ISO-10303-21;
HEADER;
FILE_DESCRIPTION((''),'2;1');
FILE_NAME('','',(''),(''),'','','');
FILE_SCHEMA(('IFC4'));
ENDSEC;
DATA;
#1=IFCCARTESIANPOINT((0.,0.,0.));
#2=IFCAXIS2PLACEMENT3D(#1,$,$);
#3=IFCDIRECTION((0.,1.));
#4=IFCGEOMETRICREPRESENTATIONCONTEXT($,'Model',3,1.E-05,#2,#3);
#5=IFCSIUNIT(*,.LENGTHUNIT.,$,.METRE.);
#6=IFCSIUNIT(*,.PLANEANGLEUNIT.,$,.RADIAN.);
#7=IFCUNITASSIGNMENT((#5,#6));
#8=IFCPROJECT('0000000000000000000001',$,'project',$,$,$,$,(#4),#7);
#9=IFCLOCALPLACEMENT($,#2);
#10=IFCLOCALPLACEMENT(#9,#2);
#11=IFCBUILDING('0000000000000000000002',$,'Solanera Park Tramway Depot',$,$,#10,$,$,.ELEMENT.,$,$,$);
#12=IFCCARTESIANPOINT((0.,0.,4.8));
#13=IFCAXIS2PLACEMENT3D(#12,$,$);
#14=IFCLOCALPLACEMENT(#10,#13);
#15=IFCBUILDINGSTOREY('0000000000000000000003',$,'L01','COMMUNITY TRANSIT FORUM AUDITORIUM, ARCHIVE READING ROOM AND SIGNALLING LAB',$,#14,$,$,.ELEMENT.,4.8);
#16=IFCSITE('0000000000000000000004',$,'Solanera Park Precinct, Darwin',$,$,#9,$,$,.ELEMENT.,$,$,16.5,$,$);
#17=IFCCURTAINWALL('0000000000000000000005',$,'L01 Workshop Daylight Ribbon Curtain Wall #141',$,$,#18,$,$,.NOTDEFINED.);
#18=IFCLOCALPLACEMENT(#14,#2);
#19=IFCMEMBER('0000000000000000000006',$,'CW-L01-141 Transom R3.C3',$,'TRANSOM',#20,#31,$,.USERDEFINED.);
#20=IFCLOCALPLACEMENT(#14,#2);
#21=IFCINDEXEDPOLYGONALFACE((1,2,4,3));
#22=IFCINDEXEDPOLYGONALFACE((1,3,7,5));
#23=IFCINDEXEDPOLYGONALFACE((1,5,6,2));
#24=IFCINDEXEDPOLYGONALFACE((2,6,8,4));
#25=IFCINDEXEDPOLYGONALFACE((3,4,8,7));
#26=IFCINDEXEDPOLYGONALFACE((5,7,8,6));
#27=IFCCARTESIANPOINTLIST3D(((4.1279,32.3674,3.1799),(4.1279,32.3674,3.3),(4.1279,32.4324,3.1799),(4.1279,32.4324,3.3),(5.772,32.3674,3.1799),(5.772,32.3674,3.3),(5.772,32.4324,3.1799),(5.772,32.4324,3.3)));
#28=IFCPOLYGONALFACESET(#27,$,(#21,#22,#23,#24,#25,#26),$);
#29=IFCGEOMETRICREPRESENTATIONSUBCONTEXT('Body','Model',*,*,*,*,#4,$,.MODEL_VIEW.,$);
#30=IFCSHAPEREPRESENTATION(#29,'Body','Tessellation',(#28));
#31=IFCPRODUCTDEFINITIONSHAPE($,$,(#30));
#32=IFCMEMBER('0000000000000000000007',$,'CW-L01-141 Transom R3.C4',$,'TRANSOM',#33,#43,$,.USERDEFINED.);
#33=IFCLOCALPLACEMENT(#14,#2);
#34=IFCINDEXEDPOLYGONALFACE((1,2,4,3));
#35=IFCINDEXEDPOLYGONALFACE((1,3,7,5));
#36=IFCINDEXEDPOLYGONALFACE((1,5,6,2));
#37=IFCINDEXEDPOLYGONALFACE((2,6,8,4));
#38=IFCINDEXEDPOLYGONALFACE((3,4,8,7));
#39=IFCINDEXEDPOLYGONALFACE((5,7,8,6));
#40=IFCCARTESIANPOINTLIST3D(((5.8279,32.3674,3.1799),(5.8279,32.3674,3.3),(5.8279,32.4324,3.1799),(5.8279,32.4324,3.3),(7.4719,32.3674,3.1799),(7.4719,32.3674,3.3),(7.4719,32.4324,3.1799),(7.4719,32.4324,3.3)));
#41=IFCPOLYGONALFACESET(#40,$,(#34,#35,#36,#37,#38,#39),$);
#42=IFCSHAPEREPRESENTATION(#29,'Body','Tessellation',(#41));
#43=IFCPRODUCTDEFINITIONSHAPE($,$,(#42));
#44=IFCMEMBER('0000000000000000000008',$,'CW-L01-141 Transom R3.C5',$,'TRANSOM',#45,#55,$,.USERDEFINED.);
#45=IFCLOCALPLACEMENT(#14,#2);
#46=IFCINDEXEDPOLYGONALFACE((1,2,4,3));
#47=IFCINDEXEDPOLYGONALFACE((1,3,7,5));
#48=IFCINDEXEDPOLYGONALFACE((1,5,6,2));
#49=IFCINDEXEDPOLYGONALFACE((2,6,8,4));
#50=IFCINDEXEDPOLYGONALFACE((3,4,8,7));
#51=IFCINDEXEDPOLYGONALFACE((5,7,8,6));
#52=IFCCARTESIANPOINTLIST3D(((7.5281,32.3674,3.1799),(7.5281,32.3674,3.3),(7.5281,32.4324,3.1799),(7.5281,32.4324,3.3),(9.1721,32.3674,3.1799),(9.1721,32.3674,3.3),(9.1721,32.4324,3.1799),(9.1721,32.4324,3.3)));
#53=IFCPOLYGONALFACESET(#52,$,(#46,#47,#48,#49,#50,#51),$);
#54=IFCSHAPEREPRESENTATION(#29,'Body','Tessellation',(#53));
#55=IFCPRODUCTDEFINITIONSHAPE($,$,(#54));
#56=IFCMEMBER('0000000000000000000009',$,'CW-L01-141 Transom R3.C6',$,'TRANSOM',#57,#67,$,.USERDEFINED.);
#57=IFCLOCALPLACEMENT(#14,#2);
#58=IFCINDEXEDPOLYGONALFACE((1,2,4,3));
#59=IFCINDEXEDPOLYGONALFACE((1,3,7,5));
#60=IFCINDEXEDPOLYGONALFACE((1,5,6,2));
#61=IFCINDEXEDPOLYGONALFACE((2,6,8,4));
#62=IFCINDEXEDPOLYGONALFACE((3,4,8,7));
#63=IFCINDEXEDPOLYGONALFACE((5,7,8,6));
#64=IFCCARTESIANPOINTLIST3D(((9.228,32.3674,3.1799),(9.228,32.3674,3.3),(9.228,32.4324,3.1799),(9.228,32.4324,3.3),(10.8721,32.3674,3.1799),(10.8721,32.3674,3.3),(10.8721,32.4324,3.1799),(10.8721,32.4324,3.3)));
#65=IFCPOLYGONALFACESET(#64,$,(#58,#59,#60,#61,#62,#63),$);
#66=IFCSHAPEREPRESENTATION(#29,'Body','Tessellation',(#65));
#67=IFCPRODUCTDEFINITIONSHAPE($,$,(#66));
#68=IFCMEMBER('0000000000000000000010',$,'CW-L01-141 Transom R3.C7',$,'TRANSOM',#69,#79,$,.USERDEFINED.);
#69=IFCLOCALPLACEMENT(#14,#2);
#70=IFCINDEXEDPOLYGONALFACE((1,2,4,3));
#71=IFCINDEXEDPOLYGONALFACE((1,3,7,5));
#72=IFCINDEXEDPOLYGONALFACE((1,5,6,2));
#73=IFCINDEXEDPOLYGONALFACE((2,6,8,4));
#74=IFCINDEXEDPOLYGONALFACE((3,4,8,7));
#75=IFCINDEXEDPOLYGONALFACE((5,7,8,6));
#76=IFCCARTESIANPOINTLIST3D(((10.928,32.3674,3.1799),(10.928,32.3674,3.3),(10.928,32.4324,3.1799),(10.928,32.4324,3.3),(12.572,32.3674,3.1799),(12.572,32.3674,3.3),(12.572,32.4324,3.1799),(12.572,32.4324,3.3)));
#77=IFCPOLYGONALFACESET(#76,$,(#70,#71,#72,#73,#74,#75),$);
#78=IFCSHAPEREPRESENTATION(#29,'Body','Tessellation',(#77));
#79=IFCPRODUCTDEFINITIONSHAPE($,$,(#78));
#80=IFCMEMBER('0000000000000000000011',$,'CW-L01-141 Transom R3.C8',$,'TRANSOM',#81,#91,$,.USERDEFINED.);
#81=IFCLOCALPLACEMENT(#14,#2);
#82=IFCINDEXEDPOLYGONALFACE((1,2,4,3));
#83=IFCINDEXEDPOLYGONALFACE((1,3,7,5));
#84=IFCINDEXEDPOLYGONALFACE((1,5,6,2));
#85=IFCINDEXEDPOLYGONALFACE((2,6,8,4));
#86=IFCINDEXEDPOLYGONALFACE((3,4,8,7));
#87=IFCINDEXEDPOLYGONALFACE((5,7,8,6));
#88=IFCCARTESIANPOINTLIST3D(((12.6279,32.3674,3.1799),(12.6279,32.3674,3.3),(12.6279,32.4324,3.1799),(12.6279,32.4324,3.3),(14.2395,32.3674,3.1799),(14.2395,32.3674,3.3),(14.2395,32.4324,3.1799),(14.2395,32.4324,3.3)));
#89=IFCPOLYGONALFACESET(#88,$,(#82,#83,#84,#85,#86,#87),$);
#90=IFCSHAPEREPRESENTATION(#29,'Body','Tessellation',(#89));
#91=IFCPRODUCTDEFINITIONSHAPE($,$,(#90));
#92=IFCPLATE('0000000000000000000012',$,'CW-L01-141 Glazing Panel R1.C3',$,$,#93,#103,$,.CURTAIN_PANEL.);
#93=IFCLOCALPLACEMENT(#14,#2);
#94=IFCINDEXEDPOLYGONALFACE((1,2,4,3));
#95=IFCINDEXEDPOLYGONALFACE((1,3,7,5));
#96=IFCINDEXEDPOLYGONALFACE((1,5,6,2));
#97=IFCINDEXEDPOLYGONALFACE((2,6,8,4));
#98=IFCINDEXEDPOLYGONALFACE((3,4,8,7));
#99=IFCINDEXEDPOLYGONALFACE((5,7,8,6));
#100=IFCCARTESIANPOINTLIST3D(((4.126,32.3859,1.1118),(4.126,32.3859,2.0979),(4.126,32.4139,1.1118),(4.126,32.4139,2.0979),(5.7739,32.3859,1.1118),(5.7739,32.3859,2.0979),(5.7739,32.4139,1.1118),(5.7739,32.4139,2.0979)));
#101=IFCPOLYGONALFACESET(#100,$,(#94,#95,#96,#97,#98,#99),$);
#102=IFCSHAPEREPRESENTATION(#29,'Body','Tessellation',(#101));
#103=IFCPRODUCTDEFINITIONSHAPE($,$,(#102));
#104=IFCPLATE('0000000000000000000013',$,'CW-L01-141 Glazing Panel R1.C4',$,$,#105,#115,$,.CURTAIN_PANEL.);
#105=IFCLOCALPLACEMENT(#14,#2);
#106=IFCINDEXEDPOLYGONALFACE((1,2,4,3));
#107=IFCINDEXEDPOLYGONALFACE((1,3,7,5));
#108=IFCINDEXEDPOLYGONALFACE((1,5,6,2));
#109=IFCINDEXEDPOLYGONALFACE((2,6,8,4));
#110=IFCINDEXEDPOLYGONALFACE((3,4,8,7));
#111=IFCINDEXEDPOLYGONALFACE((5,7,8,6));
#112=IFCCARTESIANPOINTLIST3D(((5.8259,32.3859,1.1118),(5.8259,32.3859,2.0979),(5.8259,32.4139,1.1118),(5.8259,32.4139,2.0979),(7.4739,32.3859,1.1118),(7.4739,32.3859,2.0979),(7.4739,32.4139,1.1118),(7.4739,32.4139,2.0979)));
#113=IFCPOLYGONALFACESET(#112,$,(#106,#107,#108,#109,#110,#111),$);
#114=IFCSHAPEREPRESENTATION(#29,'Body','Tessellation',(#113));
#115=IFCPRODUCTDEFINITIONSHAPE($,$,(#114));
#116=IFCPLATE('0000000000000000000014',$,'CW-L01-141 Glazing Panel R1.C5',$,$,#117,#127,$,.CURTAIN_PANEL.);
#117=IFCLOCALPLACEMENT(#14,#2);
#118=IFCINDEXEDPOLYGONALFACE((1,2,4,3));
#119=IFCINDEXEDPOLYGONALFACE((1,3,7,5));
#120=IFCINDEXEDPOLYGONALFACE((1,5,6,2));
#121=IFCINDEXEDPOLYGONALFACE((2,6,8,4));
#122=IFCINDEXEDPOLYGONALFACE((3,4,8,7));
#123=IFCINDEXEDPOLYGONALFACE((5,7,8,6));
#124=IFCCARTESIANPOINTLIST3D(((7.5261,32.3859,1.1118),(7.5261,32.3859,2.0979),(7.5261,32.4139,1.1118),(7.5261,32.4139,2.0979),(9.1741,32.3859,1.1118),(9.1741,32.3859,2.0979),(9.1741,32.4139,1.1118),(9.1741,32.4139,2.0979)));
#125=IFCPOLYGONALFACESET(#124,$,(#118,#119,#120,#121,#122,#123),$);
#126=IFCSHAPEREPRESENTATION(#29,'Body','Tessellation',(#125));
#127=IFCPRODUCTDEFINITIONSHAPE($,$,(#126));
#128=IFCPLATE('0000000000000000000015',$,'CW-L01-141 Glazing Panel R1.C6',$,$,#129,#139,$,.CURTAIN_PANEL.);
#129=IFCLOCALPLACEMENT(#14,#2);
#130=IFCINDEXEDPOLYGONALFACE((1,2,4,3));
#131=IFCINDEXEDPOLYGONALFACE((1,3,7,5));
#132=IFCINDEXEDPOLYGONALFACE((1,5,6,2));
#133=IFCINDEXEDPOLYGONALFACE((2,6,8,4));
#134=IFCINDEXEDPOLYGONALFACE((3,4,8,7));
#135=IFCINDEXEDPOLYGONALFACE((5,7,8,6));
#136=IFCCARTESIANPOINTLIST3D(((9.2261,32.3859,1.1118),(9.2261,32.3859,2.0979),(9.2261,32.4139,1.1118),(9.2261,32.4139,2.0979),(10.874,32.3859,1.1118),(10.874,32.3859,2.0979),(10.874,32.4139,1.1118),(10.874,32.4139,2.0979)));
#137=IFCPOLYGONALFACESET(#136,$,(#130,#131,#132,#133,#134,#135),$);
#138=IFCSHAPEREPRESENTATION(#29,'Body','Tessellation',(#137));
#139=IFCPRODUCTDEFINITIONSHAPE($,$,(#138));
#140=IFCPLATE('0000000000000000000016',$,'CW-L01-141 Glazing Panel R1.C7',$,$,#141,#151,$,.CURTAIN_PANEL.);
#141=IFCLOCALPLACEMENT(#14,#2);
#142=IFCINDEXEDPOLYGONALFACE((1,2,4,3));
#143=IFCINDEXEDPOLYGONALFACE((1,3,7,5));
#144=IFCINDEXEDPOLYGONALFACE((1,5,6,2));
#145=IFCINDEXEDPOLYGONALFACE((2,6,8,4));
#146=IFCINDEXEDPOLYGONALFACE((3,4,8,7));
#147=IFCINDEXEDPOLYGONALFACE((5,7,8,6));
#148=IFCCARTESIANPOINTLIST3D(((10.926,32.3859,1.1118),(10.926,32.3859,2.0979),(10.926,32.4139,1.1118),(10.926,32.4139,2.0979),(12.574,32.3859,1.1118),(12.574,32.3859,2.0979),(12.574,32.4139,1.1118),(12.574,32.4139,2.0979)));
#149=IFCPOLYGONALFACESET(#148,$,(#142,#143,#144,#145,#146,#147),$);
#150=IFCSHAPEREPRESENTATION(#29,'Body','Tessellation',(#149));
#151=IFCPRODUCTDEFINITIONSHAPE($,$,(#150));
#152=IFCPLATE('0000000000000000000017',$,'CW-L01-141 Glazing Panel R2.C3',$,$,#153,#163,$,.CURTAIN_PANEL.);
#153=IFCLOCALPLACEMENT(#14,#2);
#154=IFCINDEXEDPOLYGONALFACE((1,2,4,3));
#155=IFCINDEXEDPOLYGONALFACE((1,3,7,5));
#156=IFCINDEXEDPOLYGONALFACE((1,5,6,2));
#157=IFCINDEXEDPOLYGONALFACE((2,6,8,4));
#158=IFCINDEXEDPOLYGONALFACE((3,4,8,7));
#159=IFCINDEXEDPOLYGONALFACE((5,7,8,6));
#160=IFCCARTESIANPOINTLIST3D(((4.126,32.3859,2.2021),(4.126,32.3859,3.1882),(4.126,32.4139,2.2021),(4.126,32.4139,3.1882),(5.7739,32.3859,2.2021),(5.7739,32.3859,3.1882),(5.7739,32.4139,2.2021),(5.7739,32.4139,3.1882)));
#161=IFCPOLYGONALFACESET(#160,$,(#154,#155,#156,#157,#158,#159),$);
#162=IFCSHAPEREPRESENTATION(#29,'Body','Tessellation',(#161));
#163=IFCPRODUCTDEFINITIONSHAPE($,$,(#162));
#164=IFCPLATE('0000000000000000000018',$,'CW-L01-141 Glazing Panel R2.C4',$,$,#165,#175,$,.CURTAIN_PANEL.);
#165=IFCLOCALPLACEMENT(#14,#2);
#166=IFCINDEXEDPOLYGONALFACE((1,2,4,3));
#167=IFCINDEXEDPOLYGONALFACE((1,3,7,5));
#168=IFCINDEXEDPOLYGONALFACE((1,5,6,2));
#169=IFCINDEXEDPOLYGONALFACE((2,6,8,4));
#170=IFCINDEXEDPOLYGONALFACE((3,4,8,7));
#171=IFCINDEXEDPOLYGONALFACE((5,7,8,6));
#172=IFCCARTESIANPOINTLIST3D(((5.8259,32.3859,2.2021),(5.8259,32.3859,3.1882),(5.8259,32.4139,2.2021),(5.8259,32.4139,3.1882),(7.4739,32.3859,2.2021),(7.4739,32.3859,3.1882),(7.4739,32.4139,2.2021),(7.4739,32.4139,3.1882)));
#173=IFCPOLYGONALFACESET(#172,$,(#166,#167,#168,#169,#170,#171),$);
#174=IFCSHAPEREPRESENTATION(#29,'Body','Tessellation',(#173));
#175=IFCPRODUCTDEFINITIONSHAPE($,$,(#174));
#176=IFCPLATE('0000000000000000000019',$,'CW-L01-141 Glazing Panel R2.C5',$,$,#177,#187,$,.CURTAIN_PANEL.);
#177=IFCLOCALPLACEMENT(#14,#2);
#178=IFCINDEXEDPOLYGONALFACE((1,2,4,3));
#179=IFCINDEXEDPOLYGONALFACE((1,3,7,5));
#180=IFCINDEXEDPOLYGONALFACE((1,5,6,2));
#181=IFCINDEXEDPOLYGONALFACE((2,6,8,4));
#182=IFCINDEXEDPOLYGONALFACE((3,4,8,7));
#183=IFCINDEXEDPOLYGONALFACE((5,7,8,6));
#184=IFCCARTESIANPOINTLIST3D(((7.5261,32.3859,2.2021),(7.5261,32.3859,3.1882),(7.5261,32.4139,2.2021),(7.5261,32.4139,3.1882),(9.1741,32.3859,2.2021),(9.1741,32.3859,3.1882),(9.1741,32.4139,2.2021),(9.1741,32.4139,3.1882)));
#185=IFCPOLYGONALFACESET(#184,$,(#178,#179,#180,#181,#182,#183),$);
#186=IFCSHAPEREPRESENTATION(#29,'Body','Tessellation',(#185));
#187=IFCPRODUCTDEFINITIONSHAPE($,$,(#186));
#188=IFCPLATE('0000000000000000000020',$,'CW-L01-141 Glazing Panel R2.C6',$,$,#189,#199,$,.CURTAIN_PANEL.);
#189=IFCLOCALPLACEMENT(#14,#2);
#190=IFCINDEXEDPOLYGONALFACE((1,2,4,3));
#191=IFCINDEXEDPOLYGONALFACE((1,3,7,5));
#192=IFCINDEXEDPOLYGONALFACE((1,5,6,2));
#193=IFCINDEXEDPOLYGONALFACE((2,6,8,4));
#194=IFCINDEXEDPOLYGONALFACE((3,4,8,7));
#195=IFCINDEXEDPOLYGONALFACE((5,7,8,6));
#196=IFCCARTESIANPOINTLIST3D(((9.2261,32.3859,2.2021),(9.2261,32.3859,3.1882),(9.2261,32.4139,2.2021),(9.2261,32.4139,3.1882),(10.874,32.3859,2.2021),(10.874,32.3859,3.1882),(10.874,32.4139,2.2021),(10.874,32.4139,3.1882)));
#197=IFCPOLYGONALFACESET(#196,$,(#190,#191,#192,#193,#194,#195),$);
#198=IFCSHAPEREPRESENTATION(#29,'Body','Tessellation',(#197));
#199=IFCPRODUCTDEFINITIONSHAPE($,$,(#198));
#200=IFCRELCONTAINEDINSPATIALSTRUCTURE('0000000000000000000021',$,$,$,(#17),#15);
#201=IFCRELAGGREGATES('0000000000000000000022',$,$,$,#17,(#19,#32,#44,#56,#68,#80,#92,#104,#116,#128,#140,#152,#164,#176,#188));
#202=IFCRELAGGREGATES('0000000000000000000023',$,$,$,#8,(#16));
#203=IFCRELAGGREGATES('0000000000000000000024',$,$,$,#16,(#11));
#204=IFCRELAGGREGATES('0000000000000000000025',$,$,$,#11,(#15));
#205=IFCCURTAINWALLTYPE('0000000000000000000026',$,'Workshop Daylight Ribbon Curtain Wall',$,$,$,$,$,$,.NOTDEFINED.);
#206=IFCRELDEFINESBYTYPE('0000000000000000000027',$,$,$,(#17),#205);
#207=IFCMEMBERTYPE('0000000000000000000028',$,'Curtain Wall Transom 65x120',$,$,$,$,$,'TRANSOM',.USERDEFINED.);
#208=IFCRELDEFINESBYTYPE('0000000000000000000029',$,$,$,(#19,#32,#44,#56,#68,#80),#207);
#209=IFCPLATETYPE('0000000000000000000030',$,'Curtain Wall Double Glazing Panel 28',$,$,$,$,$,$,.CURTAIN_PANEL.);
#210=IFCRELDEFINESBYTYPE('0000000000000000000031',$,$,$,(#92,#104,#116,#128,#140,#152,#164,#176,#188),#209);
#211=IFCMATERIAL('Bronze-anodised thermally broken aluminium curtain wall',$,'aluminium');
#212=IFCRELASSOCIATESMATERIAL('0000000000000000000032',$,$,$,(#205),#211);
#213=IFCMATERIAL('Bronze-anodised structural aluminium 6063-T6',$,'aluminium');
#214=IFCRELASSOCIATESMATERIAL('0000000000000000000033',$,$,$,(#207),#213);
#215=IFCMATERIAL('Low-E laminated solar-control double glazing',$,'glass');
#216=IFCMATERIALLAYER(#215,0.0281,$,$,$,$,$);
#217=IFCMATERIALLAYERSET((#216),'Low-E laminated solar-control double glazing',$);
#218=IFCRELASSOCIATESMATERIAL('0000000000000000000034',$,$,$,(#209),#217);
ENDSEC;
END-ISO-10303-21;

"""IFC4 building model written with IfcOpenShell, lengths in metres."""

from ifc_helpers import new_model, si_unit, direction, frame, origin, origin_2d, place, context, subcontext, project, spatial, rectangle, extrude, material, layer, layer_set, material_profile, profile_set, type_object, element, aggregate, save


model = new_model("IFC4")

# Units and contexts
model_context = context("Model", 3, precision=1e-05, world=origin(), true_north=direction((0.0, 1.0)))
body_context = subcontext(model_context, "Body", "Model", "MODEL_VIEW")
ifc_project = project(units=[si_unit("LENGTHUNIT", "METRE"), si_unit("PLANEANGLEUNIT", "RADIAN")], contexts=[model_context])

# Site, building, storey
site_placement = place(None, origin())
site = spatial("IfcSite", under=ifc_project, at=site_placement, Name="Solanera Park Precinct, Darwin", CompositionType="ELEMENT", RefElevation=16.5)
building_placement = place(site_placement, origin())
building = spatial("IfcBuilding", under=site, at=building_placement, Name="Solanera Park Tramway Depot", CompositionType="ELEMENT")
storey_placement = place(building_placement, frame((0.0, 0.0, 4.8)))
storey = spatial("IfcBuildingStorey", under=building, at=storey_placement, Name="L01", Description="COMMUNITY TRANSIT FORUM AUDITORIUM, ARCHIVE READING ROOM AND SIGNALLING LAB", CompositionType="ELEMENT", Elevation=4.8)

# Curtain wall, members, plates
ifc_material_1 = material(Name="Bronze-anodised thermally broken aluminium curtain wall", Category="aluminium")
curtain_wall_type = type_object("IfcCurtainWallType", Name="Workshop Daylight Ribbon Curtain Wall", PredefinedType="NOTDEFINED", material=ifc_material_1)
curtain_wall_placement = place(storey_placement, origin())
curtain_wall = element("IfcCurtainWall", 1, at=curtain_wall_placement, inside=storey, type_object=curtain_wall_type, Name="L01 Workshop Daylight Ribbon Curtain Wall #141", PredefinedType="NOTDEFINED")
ifc_material_2 = material(Name="Bronze-anodised structural aluminium 6063-T6", Category="aluminium")
ifc_material_profile_1 = material_profile(ifc_material_2, rectangle(XDim=0.0649, YDim=0.1201, at=origin_2d()), Name="Curtain Wall Transom 65x120")
ifc_profile_set_1 = profile_set([ifc_material_profile_1], Name="Bronze-anodised structural aluminium 6063-T6")
member_type_1 = type_object("IfcMemberType", Name="Curtain Wall Transom 65x120", ElementType="TRANSOM", PredefinedType="USERDEFINED", material=ifc_profile_set_1)
member_1_placement = place(storey_placement, frame((4.1279, 32.3999, 3.24), z_axis=(1.0, 0.0, 0.0), x_axis=(0.0, 1.0, 0.0)))
member_1 = element("IfcMember", 2, at=member_1_placement, type_object=member_type_1, Name="CW-L01-141 Transom R3.C3", ObjectType="TRANSOM", PredefinedType="USERDEFINED", context=body_context, shape_type="SweptSolid", body=[
    extrude(rectangle(XDim=0.0649, YDim=0.1201, at=origin_2d()), origin(), (0.0, 0.0, 1.0), 1.644),
])
member_2_placement = place(storey_placement, frame((5.8279, 32.3999, 3.24), z_axis=(1.0, 0.0, 0.0), x_axis=(0.0, 1.0, 0.0)))
member_2 = element("IfcMember", 3, at=member_2_placement, type_object=member_type_1, Name="CW-L01-141 Transom R3.C4", ObjectType="TRANSOM", PredefinedType="USERDEFINED", context=body_context, shape_type="SweptSolid", body=[
    extrude(rectangle(XDim=0.0649, YDim=0.1201, at=origin_2d()), origin(), (0.0, 0.0, 1.0), 1.644),
])
member_3_placement = place(storey_placement, frame((7.5281, 32.3999, 3.24), z_axis=(1.0, 0.0, 0.0), x_axis=(0.0, 1.0, 0.0)))
member_3 = element("IfcMember", 4, at=member_3_placement, type_object=member_type_1, Name="CW-L01-141 Transom R3.C5", ObjectType="TRANSOM", PredefinedType="USERDEFINED", context=body_context, shape_type="SweptSolid", body=[
    extrude(rectangle(XDim=0.0649, YDim=0.1201, at=origin_2d()), origin(), (0.0, 0.0, 1.0), 1.644),
])
member_4_placement = place(storey_placement, frame((9.228, 32.3999, 3.24), z_axis=(1.0, 0.0, 0.0), x_axis=(0.0, 1.0, 0.0)))
member_4 = element("IfcMember", 5, at=member_4_placement, type_object=member_type_1, Name="CW-L01-141 Transom R3.C6", ObjectType="TRANSOM", PredefinedType="USERDEFINED", context=body_context, shape_type="SweptSolid", body=[
    extrude(rectangle(XDim=0.0649, YDim=0.1201, at=origin_2d()), origin(), (0.0, 0.0, 1.0), 1.644),
])
member_5_placement = place(storey_placement, frame((10.928, 32.3999, 3.24), z_axis=(1.0, 0.0, 0.0), x_axis=(0.0, 1.0, 0.0)))
member_5 = element("IfcMember", 6, at=member_5_placement, type_object=member_type_1, Name="CW-L01-141 Transom R3.C7", ObjectType="TRANSOM", PredefinedType="USERDEFINED", context=body_context, shape_type="SweptSolid", body=[
    extrude(rectangle(XDim=0.0649, YDim=0.1201, at=origin_2d()), origin(), (0.0, 0.0, 1.0), 1.644),
])
member_6_placement = place(storey_placement, frame((12.6279, 32.3999, 3.24), z_axis=(1.0, 0.0, 0.0), x_axis=(0.0, 1.0, 0.0)))
member_6 = element("IfcMember", 7, at=member_6_placement, type_object=member_type_1, Name="CW-L01-141 Transom R3.C8", ObjectType="TRANSOM", PredefinedType="USERDEFINED", context=body_context, shape_type="SweptSolid", body=[
    extrude(rectangle(XDim=0.0649, YDim=0.1201, at=origin_2d()), origin(), (0.0, 0.0, 1.0), 1.6116),
])
ifc_material_3 = material(Name="Low-E laminated solar-control double glazing", Category="glass")
ifc_layer = layer(ifc_material_3, 0.0281)
ifc_layer_set = layer_set([ifc_layer], Name="Low-E laminated solar-control double glazing")
plate_type = type_object("IfcPlateType", Name="Curtain Wall Double Glazing Panel 28", PredefinedType="CURTAIN_PANEL", material=ifc_layer_set)
plate_1_placement = place(storey_placement, frame((4.95, 32.3999, 1.1118), z_axis=(0.0, 0.0, 1.0), x_axis=(1.0, 0.0, 0.0)))
plate_1 = element("IfcPlate", 8, at=plate_1_placement, type_object=plate_type, Name="CW-L01-141 Glazing Panel R1.C3", PredefinedType="CURTAIN_PANEL", context=body_context, shape_type="SweptSolid", body=[
    extrude(rectangle(XDim=1.6479, YDim=0.0281, at=origin_2d()), origin(), (0.0, 0.0, 1.0), 0.9861),
])
plate_2_placement = place(storey_placement, frame((6.6499, 32.3999, 1.1118), z_axis=(0.0, 0.0, 1.0), x_axis=(1.0, 0.0, 0.0)))
plate_2 = element("IfcPlate", 9, at=plate_2_placement, type_object=plate_type, Name="CW-L01-141 Glazing Panel R1.C4", PredefinedType="CURTAIN_PANEL", context=body_context, shape_type="SweptSolid", body=[
    extrude(rectangle(XDim=1.6479, YDim=0.0281, at=origin_2d()), origin(), (0.0, 0.0, 1.0), 0.9861),
])
plate_3_placement = place(storey_placement, frame((8.3501, 32.3999, 1.1118), z_axis=(0.0, 0.0, 1.0), x_axis=(1.0, 0.0, 0.0)))
plate_3 = element("IfcPlate", 10, at=plate_3_placement, type_object=plate_type, Name="CW-L01-141 Glazing Panel R1.C5", PredefinedType="CURTAIN_PANEL", context=body_context, shape_type="SweptSolid", body=[
    extrude(rectangle(XDim=1.6479, YDim=0.0281, at=origin_2d()), origin(), (0.0, 0.0, 1.0), 0.9861),
])
plate_4_placement = place(storey_placement, frame((10.05, 32.3999, 1.1118), z_axis=(0.0, 0.0, 1.0), x_axis=(1.0, 0.0, 0.0)))
plate_4 = element("IfcPlate", 11, at=plate_4_placement, type_object=plate_type, Name="CW-L01-141 Glazing Panel R1.C6", PredefinedType="CURTAIN_PANEL", context=body_context, shape_type="SweptSolid", body=[
    extrude(rectangle(XDim=1.6479, YDim=0.0281, at=origin_2d()), origin(), (0.0, 0.0, 1.0), 0.9861),
])
plate_5_placement = place(storey_placement, frame((11.75, 32.3999, 1.1118), z_axis=(0.0, 0.0, 1.0), x_axis=(1.0, 0.0, 0.0)))
plate_5 = element("IfcPlate", 12, at=plate_5_placement, type_object=plate_type, Name="CW-L01-141 Glazing Panel R1.C7", PredefinedType="CURTAIN_PANEL", context=body_context, shape_type="SweptSolid", body=[
    extrude(rectangle(XDim=1.6479, YDim=0.0281, at=origin_2d()), origin(), (0.0, 0.0, 1.0), 0.9861),
])
plate_6_placement = place(storey_placement, frame((4.95, 32.3999, 2.2021), z_axis=(0.0, 0.0, 1.0), x_axis=(1.0, 0.0, 0.0)))
plate_6 = element("IfcPlate", 13, at=plate_6_placement, type_object=plate_type, Name="CW-L01-141 Glazing Panel R2.C3", PredefinedType="CURTAIN_PANEL", context=body_context, shape_type="SweptSolid", body=[
    extrude(rectangle(XDim=1.6479, YDim=0.0281, at=origin_2d()), origin(), (0.0, 0.0, 1.0), 0.9861),
])
plate_7_placement = place(storey_placement, frame((6.6499, 32.3999, 2.2021), z_axis=(0.0, 0.0, 1.0), x_axis=(1.0, 0.0, 0.0)))
plate_7 = element("IfcPlate", 14, at=plate_7_placement, type_object=plate_type, Name="CW-L01-141 Glazing Panel R2.C4", PredefinedType="CURTAIN_PANEL", context=body_context, shape_type="SweptSolid", body=[
    extrude(rectangle(XDim=1.6479, YDim=0.0281, at=origin_2d()), origin(), (0.0, 0.0, 1.0), 0.9861),
])
plate_8_placement = place(storey_placement, frame((8.3501, 32.3999, 2.2021), z_axis=(0.0, 0.0, 1.0), x_axis=(1.0, 0.0, 0.0)))
plate_8 = element("IfcPlate", 15, at=plate_8_placement, type_object=plate_type, Name="CW-L01-141 Glazing Panel R2.C5", PredefinedType="CURTAIN_PANEL", context=body_context, shape_type="SweptSolid", body=[
    extrude(rectangle(XDim=1.6479, YDim=0.0281, at=origin_2d()), origin(), (0.0, 0.0, 1.0), 0.9861),
])
plate_9_placement = place(storey_placement, frame((10.05, 32.3999, 2.2021), z_axis=(0.0, 0.0, 1.0), x_axis=(1.0, 0.0, 0.0)))
plate_9 = element("IfcPlate", 16, at=plate_9_placement, type_object=plate_type, Name="CW-L01-141 Glazing Panel R2.C6", PredefinedType="CURTAIN_PANEL", context=body_context, shape_type="SweptSolid", body=[
    extrude(rectangle(XDim=1.6479, YDim=0.0281, at=origin_2d()), origin(), (0.0, 0.0, 1.0), 0.9861),
])
aggregate(curtain_wall, [member_1, member_2, member_3, member_4, member_5, member_6, plate_1, plate_2, plate_3, plate_4, plate_5, plate_6, plate_7, plate_8, plate_9])

save(model, "model.ifc")
